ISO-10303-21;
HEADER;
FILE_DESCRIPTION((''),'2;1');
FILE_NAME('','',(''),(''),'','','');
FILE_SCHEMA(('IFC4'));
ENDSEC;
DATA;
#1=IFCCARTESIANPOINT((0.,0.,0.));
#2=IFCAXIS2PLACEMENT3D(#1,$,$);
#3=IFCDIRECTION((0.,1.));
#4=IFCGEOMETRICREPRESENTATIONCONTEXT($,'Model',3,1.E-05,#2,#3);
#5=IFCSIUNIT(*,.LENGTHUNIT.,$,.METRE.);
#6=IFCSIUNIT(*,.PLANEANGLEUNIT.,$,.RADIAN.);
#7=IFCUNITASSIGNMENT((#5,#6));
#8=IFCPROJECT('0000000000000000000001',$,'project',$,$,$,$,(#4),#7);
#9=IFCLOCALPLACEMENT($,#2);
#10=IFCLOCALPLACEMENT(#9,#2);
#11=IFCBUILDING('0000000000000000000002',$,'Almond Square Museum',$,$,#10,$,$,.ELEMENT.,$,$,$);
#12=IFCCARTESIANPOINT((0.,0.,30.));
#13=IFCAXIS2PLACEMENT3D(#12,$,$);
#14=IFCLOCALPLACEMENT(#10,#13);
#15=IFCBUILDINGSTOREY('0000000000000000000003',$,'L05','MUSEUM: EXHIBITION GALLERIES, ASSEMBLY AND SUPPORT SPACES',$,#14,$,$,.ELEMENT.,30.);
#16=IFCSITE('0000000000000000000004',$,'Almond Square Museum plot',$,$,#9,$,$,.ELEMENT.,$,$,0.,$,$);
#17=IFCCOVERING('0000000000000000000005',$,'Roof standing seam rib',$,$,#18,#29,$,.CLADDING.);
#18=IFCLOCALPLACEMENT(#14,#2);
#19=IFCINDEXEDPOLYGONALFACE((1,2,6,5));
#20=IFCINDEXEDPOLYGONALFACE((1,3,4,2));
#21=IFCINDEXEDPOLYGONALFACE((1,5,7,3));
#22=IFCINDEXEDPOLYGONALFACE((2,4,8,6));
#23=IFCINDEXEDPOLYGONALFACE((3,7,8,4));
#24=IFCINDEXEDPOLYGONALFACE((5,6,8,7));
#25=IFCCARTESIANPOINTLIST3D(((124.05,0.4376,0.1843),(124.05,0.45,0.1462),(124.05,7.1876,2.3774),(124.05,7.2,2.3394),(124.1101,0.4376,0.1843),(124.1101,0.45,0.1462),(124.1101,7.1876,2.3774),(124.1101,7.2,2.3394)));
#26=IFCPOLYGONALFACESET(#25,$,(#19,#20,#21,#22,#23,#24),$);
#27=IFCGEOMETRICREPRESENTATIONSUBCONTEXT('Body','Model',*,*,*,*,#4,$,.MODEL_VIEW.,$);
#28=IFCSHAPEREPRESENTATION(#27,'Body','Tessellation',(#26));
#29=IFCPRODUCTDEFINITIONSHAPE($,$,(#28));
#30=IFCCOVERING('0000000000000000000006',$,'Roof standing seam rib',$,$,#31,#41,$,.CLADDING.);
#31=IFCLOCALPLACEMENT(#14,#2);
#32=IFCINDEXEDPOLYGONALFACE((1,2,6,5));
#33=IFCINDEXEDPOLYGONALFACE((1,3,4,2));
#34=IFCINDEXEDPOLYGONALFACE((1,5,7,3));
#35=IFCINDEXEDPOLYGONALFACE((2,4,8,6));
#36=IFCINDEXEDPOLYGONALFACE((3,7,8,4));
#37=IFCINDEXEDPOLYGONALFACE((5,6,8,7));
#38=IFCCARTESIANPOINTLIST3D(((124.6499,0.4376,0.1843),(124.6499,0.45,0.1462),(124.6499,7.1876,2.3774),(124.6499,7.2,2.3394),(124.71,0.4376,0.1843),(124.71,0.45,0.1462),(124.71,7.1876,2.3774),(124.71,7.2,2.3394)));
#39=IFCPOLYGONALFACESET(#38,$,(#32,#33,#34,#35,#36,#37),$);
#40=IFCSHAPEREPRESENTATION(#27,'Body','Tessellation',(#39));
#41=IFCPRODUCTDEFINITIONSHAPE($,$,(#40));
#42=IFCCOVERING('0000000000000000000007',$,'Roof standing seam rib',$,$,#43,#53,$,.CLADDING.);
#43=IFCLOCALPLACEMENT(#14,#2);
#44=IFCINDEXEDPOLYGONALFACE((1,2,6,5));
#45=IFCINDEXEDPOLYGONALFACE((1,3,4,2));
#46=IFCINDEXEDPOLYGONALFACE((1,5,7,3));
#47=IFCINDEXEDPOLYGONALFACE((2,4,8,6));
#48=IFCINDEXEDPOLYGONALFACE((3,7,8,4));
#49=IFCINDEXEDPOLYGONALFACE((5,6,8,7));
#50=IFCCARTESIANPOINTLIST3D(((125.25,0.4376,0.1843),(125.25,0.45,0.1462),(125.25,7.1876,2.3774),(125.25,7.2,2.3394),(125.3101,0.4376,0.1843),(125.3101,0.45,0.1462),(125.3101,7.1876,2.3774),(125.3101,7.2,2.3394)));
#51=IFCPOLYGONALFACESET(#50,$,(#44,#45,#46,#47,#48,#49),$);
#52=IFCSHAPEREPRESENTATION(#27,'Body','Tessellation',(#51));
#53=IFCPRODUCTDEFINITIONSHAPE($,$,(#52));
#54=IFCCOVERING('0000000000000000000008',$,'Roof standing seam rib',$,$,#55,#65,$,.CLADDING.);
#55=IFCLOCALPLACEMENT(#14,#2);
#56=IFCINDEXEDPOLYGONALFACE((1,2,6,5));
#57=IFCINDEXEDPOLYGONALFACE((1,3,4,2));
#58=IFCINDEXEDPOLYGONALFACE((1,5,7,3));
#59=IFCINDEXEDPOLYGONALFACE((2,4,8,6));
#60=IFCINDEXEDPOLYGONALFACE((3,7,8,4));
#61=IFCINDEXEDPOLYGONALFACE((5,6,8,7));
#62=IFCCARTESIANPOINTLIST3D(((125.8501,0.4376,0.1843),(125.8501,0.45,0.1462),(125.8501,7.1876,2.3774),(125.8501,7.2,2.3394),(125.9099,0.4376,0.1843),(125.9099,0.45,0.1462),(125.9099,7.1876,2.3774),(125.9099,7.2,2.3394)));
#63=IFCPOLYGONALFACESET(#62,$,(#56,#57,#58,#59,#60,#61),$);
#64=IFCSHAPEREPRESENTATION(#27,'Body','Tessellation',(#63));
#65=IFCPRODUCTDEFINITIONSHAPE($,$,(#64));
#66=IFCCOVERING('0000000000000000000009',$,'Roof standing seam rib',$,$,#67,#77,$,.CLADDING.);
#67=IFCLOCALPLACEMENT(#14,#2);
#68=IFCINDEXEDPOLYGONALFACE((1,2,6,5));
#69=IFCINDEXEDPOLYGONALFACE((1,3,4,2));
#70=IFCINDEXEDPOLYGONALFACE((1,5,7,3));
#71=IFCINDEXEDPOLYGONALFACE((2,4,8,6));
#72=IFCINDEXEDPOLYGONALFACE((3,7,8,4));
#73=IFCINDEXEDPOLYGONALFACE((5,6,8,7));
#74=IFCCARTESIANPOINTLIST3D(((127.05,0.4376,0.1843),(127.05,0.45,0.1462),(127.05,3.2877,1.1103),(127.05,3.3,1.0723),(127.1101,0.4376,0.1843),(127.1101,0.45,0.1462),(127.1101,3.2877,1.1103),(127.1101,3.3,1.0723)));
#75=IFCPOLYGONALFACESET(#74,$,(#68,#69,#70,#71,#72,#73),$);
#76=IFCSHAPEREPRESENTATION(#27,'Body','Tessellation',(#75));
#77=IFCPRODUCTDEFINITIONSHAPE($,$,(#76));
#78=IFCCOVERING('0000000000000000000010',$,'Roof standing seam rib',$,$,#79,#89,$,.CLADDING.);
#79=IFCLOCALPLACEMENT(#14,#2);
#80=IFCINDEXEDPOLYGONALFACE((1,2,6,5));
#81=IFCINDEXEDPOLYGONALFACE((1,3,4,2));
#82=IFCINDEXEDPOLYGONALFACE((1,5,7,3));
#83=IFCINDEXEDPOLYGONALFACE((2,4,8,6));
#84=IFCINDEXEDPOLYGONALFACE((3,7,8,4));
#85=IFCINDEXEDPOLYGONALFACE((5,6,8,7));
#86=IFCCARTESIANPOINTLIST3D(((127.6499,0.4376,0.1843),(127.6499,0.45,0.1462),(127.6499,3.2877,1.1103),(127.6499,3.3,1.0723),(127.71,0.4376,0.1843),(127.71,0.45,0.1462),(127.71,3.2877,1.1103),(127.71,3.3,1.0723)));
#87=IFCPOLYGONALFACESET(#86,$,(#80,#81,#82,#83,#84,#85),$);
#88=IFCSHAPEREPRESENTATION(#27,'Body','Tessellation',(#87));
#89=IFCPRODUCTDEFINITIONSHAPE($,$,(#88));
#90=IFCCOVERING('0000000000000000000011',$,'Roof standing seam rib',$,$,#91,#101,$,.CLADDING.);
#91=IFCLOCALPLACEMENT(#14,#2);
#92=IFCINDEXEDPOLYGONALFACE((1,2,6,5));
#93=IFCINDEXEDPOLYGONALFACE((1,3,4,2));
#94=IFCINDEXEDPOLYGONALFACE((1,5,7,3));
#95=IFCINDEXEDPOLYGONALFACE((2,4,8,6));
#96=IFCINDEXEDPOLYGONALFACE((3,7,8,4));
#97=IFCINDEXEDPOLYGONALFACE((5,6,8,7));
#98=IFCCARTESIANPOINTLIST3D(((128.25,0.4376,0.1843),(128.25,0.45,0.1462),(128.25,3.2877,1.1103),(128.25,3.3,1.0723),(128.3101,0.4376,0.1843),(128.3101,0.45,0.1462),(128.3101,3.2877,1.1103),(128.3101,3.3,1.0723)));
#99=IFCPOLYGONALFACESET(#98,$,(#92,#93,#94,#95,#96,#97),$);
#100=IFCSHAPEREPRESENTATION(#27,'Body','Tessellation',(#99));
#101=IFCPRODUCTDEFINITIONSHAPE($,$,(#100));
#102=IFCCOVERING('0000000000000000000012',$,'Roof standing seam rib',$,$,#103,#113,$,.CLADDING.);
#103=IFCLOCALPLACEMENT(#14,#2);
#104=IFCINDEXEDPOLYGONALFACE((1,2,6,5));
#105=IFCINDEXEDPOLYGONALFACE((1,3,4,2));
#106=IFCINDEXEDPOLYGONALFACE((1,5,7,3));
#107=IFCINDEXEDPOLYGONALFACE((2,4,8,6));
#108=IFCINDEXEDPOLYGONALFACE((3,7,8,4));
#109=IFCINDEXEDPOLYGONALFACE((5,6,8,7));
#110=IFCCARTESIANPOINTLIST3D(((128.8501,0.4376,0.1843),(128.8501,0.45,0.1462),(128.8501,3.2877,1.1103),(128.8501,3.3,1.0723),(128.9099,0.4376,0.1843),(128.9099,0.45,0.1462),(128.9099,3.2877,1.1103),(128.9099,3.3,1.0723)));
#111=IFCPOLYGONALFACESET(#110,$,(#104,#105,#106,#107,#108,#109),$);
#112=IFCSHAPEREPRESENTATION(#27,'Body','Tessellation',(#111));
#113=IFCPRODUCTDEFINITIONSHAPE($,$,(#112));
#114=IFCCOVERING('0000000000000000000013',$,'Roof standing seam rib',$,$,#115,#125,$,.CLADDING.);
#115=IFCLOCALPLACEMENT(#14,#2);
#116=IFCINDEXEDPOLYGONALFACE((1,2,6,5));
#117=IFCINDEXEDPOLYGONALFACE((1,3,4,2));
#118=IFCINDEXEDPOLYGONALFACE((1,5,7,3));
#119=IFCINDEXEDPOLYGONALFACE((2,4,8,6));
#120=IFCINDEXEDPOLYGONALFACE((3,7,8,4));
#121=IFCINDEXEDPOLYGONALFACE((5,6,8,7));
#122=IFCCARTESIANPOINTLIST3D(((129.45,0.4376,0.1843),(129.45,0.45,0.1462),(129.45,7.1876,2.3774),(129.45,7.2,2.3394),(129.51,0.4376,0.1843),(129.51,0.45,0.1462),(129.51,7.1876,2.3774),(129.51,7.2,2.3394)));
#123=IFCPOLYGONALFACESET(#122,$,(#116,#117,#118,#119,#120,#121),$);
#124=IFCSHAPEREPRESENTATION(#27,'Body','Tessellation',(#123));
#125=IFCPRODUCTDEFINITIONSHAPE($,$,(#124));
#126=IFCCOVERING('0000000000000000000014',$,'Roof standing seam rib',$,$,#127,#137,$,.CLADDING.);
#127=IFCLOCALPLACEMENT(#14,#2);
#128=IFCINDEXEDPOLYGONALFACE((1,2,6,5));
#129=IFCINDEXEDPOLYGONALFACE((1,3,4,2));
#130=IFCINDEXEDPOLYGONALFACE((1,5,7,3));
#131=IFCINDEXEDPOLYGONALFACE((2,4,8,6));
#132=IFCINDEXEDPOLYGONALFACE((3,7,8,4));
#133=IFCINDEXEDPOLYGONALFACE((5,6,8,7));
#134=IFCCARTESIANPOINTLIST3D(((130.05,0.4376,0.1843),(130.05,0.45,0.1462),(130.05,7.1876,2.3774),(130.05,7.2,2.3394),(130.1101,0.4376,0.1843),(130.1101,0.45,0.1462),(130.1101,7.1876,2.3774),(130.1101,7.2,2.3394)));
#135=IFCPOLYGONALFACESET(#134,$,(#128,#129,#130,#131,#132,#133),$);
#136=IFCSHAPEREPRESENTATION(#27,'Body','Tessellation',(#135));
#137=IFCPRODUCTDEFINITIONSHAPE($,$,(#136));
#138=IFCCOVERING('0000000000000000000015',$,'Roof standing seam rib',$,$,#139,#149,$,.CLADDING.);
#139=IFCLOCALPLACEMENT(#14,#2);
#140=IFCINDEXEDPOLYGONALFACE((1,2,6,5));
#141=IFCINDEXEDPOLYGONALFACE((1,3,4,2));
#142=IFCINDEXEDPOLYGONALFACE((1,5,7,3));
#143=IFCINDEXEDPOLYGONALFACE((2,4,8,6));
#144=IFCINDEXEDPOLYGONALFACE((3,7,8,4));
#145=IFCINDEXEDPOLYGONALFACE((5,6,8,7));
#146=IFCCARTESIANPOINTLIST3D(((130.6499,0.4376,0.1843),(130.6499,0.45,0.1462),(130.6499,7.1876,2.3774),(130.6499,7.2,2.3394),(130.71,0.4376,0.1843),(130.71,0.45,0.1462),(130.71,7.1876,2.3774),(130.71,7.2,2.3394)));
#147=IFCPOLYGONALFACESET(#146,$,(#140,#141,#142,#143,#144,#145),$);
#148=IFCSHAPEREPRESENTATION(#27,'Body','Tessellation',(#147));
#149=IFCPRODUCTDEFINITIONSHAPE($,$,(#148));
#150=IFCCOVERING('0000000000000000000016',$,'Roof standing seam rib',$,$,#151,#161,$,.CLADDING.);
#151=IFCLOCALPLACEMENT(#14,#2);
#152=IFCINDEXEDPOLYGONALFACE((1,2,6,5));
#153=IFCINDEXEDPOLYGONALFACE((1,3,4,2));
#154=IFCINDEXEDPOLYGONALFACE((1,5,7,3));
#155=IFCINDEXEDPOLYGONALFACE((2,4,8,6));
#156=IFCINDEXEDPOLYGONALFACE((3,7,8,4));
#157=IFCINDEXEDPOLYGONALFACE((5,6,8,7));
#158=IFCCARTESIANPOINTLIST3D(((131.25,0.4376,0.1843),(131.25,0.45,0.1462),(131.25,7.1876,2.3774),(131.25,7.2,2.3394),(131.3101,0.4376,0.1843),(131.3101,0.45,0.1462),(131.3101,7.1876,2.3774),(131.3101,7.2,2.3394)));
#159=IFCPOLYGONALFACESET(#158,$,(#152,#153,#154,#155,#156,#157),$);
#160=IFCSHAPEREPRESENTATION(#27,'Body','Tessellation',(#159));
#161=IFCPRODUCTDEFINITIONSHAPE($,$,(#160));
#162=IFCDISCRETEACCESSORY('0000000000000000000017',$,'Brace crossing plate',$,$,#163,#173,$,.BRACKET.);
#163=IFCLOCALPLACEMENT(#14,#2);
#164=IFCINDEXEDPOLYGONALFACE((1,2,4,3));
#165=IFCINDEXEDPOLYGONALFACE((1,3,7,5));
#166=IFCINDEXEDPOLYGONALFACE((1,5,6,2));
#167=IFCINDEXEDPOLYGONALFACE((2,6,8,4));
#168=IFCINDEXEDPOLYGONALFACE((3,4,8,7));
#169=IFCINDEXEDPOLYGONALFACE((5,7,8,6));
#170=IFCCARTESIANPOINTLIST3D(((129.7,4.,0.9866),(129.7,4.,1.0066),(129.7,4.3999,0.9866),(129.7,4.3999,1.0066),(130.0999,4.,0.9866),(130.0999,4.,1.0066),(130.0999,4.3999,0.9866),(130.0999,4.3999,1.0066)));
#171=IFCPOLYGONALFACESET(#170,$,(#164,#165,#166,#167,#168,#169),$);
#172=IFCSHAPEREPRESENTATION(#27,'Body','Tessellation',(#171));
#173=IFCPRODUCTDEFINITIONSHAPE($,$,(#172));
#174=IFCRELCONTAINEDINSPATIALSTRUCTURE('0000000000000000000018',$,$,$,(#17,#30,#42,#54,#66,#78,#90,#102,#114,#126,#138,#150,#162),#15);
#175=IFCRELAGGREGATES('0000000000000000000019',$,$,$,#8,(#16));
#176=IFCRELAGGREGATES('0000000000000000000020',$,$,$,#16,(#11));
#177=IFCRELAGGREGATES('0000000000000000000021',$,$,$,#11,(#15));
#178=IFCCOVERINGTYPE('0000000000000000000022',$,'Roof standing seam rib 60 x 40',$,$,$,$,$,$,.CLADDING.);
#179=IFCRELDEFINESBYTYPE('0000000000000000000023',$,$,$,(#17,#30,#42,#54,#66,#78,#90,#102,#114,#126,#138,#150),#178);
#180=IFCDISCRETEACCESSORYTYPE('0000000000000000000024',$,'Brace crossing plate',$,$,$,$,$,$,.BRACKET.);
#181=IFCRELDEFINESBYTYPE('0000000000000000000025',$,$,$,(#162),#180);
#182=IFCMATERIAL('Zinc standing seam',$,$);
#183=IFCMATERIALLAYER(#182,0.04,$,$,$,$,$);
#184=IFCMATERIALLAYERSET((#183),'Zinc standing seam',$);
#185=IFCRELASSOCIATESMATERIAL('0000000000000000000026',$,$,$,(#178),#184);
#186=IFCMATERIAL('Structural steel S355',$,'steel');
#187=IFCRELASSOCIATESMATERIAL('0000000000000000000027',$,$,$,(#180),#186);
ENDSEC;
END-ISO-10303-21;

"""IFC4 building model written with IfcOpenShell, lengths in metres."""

from ifc_helpers import new_model, si_unit, direction, frame, origin, origin_2d, place, context, subcontext, project, spatial, polyline, rectangle, outline, extrude, material, layer, layer_set, type_object, element, save


model = new_model("IFC4")

# Units and contexts
model_context = context("Model", 3, precision=1e-05, world=origin(), true_north=direction((0.0, 1.0)))
body_context = subcontext(model_context, "Body", "Model", "MODEL_VIEW")
ifc_project = project(units=[si_unit("LENGTHUNIT", "METRE"), si_unit("PLANEANGLEUNIT", "RADIAN")], contexts=[model_context])

# Site, building, storey
site_placement = place(None, origin())
site = spatial("IfcSite", under=ifc_project, at=site_placement, Name="Almond Square Museum plot", CompositionType="ELEMENT", RefElevation=0.0)
building_placement = place(site_placement, origin())
building = spatial("IfcBuilding", under=site, at=building_placement, Name="Almond Square Museum", CompositionType="ELEMENT")
storey_placement = place(building_placement, frame((0.0, 0.0, 30.0)))
storey = spatial("IfcBuildingStorey", under=building, at=storey_placement, Name="L05", Description="MUSEUM: EXHIBITION GALLERIES, ASSEMBLY AND SUPPORT SPACES", CompositionType="ELEMENT", Elevation=30.0)

# Coverings
ifc_material_1 = material(Name="Zinc standing seam")
ifc_layer_1 = layer(ifc_material_1, 0.04)
ifc_layer_set_1 = layer_set([ifc_layer_1], Name="Zinc standing seam")
covering_type = type_object("IfcCoveringType", Name="Roof standing seam rib 60 x 40", PredefinedType="CLADDING", material=ifc_layer_set_1)
for number, where, z_axis, x_axis, name in (
    (1, (124.05, 0.45, 0.1462), (0.0, -0.309005, 0.95106), (1.0, 0.0, 0.0), "Roof standing seam rib"),
    (2, (124.6499, 0.45, 0.1462), (0.0, -0.309005, 0.95106), (1.0, 0.0, 0.0), "Roof standing seam rib"),
    (3, (125.25, 0.45, 0.1462), (0.0, -0.309005, 0.95106), (1.0, 0.0, 0.0), "Roof standing seam rib"),
):
    element("IfcCovering", number, at=place(storey_placement, frame(where, z_axis=z_axis, x_axis=x_axis)), inside=storey, type_object=covering_type, Name=name, PredefinedType="CLADDING", context=body_context, shape_type="SweptSolid", body=[
        extrude(outline(polyline([(0.0, 0.0), (0.0601, 0.0), (0.0601, 7.0973), (0.0, 7.0973), (0.0, 0.0)])), origin(), (0.0, 0.0, 1.0), 0.04),
    ])
covering_1_placement = place(storey_placement, frame((125.8501, 0.45, 0.1462), z_axis=(0.0, -0.309005, 0.95106), x_axis=(1.0, 0.0, 0.0)))
element("IfcCovering", 4, at=covering_1_placement, inside=storey, type_object=covering_type, Name="Roof standing seam rib", PredefinedType="CLADDING", context=body_context, shape_type="SweptSolid", body=[
    extrude(outline(polyline([(0.0, 0.0), (0.0598, 0.0), (0.0598, 7.0973), (0.0, 7.0973), (0.0, 0.0)])), origin(), (0.0, 0.0, 1.0), 0.04),
])
for number, where, z_axis, x_axis, name in (
    (5, (127.05, 3.3, 1.0723), (0.0, -0.309009, 0.951059), (0.0, -0.951059, -0.309009), "Roof standing seam rib"),
    (6, (127.6499, 3.3, 1.0723), (0.0, -0.309009, 0.951059), (0.0, -0.951059, -0.309009), "Roof standing seam rib"),
    (7, (128.25, 3.3, 1.0723), (0.0, -0.309009, 0.951059), (0.0, -0.951059, -0.309009), "Roof standing seam rib"),
):
    element("IfcCovering", number, at=place(storey_placement, frame(where, z_axis=z_axis, x_axis=x_axis)), inside=storey, type_object=covering_type, Name=name, PredefinedType="CLADDING", context=body_context, shape_type="SweptSolid", body=[
        extrude(outline(polyline([(0.0, 0.0), (2.9968, 0.0), (2.9968, 0.0601), (0.0, 0.0601), (0.0, 0.0)])), origin(), (0.0, 0.0, 1.0), 0.04),
    ])
covering_2_placement = place(storey_placement, frame((128.8501, 3.3, 1.0723), z_axis=(0.0, -0.309009, 0.951059), x_axis=(0.0, -0.951059, -0.309009)))
element("IfcCovering", 8, at=covering_2_placement, inside=storey, type_object=covering_type, Name="Roof standing seam rib", PredefinedType="CLADDING", context=body_context, shape_type="SweptSolid", body=[
    extrude(outline(polyline([(0.0, 0.0), (2.9968, 0.0), (2.9968, 0.0598), (0.0, 0.0598), (0.0, 0.0)])), origin(), (0.0, 0.0, 1.0), 0.04),
])
for number, where, z_axis, x_axis, name in (
    (9, (129.45, 0.45, 0.1462), (0.0, -0.309005, 0.95106), (1.0, 0.0, 0.0), "Roof standing seam rib"),
    (10, (130.05, 0.45, 0.1462), (0.0, -0.309005, 0.95106), (1.0, 0.0, 0.0), "Roof standing seam rib"),
    (11, (130.6499, 0.45, 0.1462), (0.0, -0.309005, 0.95106), (1.0, 0.0, 0.0), "Roof standing seam rib"),
    (12, (131.25, 0.45, 0.1462), (0.0, -0.309005, 0.95106), (1.0, 0.0, 0.0), "Roof standing seam rib"),
):
    element("IfcCovering", number, at=place(storey_placement, frame(where, z_axis=z_axis, x_axis=x_axis)), inside=storey, type_object=covering_type, Name=name, PredefinedType="CLADDING", context=body_context, shape_type="SweptSolid", body=[
        extrude(outline(polyline([(0.0, 0.0), (0.0601, 0.0), (0.0601, 7.0973), (0.0, 7.0973), (0.0, 0.0)])), origin(), (0.0, 0.0, 1.0), 0.04),
    ])

# Discrete accessory
ifc_material_2 = material(Name="Structural steel S355", Category="steel")
discrete_accessory_type = type_object("IfcDiscreteAccessoryType", Name="Brace crossing plate", PredefinedType="BRACKET", material=ifc_material_2)
discrete_accessory_placement = place(storey_placement, frame((129.8999, 4.2, 0.9866), z_axis=(0.0, 0.0, 1.0), x_axis=(1.0, 0.0, 0.0)))
element("IfcDiscreteAccessory", 13, at=discrete_accessory_placement, inside=storey, type_object=discrete_accessory_type, Name="Brace crossing plate", PredefinedType="BRACKET", context=body_context, shape_type="SweptSolid", body=[
    extrude(rectangle(XDim=0.3999, YDim=0.3999, at=origin_2d()), origin(), (0.0, 0.0, 1.0), 0.02),
])

save(model, "model.ifc")
